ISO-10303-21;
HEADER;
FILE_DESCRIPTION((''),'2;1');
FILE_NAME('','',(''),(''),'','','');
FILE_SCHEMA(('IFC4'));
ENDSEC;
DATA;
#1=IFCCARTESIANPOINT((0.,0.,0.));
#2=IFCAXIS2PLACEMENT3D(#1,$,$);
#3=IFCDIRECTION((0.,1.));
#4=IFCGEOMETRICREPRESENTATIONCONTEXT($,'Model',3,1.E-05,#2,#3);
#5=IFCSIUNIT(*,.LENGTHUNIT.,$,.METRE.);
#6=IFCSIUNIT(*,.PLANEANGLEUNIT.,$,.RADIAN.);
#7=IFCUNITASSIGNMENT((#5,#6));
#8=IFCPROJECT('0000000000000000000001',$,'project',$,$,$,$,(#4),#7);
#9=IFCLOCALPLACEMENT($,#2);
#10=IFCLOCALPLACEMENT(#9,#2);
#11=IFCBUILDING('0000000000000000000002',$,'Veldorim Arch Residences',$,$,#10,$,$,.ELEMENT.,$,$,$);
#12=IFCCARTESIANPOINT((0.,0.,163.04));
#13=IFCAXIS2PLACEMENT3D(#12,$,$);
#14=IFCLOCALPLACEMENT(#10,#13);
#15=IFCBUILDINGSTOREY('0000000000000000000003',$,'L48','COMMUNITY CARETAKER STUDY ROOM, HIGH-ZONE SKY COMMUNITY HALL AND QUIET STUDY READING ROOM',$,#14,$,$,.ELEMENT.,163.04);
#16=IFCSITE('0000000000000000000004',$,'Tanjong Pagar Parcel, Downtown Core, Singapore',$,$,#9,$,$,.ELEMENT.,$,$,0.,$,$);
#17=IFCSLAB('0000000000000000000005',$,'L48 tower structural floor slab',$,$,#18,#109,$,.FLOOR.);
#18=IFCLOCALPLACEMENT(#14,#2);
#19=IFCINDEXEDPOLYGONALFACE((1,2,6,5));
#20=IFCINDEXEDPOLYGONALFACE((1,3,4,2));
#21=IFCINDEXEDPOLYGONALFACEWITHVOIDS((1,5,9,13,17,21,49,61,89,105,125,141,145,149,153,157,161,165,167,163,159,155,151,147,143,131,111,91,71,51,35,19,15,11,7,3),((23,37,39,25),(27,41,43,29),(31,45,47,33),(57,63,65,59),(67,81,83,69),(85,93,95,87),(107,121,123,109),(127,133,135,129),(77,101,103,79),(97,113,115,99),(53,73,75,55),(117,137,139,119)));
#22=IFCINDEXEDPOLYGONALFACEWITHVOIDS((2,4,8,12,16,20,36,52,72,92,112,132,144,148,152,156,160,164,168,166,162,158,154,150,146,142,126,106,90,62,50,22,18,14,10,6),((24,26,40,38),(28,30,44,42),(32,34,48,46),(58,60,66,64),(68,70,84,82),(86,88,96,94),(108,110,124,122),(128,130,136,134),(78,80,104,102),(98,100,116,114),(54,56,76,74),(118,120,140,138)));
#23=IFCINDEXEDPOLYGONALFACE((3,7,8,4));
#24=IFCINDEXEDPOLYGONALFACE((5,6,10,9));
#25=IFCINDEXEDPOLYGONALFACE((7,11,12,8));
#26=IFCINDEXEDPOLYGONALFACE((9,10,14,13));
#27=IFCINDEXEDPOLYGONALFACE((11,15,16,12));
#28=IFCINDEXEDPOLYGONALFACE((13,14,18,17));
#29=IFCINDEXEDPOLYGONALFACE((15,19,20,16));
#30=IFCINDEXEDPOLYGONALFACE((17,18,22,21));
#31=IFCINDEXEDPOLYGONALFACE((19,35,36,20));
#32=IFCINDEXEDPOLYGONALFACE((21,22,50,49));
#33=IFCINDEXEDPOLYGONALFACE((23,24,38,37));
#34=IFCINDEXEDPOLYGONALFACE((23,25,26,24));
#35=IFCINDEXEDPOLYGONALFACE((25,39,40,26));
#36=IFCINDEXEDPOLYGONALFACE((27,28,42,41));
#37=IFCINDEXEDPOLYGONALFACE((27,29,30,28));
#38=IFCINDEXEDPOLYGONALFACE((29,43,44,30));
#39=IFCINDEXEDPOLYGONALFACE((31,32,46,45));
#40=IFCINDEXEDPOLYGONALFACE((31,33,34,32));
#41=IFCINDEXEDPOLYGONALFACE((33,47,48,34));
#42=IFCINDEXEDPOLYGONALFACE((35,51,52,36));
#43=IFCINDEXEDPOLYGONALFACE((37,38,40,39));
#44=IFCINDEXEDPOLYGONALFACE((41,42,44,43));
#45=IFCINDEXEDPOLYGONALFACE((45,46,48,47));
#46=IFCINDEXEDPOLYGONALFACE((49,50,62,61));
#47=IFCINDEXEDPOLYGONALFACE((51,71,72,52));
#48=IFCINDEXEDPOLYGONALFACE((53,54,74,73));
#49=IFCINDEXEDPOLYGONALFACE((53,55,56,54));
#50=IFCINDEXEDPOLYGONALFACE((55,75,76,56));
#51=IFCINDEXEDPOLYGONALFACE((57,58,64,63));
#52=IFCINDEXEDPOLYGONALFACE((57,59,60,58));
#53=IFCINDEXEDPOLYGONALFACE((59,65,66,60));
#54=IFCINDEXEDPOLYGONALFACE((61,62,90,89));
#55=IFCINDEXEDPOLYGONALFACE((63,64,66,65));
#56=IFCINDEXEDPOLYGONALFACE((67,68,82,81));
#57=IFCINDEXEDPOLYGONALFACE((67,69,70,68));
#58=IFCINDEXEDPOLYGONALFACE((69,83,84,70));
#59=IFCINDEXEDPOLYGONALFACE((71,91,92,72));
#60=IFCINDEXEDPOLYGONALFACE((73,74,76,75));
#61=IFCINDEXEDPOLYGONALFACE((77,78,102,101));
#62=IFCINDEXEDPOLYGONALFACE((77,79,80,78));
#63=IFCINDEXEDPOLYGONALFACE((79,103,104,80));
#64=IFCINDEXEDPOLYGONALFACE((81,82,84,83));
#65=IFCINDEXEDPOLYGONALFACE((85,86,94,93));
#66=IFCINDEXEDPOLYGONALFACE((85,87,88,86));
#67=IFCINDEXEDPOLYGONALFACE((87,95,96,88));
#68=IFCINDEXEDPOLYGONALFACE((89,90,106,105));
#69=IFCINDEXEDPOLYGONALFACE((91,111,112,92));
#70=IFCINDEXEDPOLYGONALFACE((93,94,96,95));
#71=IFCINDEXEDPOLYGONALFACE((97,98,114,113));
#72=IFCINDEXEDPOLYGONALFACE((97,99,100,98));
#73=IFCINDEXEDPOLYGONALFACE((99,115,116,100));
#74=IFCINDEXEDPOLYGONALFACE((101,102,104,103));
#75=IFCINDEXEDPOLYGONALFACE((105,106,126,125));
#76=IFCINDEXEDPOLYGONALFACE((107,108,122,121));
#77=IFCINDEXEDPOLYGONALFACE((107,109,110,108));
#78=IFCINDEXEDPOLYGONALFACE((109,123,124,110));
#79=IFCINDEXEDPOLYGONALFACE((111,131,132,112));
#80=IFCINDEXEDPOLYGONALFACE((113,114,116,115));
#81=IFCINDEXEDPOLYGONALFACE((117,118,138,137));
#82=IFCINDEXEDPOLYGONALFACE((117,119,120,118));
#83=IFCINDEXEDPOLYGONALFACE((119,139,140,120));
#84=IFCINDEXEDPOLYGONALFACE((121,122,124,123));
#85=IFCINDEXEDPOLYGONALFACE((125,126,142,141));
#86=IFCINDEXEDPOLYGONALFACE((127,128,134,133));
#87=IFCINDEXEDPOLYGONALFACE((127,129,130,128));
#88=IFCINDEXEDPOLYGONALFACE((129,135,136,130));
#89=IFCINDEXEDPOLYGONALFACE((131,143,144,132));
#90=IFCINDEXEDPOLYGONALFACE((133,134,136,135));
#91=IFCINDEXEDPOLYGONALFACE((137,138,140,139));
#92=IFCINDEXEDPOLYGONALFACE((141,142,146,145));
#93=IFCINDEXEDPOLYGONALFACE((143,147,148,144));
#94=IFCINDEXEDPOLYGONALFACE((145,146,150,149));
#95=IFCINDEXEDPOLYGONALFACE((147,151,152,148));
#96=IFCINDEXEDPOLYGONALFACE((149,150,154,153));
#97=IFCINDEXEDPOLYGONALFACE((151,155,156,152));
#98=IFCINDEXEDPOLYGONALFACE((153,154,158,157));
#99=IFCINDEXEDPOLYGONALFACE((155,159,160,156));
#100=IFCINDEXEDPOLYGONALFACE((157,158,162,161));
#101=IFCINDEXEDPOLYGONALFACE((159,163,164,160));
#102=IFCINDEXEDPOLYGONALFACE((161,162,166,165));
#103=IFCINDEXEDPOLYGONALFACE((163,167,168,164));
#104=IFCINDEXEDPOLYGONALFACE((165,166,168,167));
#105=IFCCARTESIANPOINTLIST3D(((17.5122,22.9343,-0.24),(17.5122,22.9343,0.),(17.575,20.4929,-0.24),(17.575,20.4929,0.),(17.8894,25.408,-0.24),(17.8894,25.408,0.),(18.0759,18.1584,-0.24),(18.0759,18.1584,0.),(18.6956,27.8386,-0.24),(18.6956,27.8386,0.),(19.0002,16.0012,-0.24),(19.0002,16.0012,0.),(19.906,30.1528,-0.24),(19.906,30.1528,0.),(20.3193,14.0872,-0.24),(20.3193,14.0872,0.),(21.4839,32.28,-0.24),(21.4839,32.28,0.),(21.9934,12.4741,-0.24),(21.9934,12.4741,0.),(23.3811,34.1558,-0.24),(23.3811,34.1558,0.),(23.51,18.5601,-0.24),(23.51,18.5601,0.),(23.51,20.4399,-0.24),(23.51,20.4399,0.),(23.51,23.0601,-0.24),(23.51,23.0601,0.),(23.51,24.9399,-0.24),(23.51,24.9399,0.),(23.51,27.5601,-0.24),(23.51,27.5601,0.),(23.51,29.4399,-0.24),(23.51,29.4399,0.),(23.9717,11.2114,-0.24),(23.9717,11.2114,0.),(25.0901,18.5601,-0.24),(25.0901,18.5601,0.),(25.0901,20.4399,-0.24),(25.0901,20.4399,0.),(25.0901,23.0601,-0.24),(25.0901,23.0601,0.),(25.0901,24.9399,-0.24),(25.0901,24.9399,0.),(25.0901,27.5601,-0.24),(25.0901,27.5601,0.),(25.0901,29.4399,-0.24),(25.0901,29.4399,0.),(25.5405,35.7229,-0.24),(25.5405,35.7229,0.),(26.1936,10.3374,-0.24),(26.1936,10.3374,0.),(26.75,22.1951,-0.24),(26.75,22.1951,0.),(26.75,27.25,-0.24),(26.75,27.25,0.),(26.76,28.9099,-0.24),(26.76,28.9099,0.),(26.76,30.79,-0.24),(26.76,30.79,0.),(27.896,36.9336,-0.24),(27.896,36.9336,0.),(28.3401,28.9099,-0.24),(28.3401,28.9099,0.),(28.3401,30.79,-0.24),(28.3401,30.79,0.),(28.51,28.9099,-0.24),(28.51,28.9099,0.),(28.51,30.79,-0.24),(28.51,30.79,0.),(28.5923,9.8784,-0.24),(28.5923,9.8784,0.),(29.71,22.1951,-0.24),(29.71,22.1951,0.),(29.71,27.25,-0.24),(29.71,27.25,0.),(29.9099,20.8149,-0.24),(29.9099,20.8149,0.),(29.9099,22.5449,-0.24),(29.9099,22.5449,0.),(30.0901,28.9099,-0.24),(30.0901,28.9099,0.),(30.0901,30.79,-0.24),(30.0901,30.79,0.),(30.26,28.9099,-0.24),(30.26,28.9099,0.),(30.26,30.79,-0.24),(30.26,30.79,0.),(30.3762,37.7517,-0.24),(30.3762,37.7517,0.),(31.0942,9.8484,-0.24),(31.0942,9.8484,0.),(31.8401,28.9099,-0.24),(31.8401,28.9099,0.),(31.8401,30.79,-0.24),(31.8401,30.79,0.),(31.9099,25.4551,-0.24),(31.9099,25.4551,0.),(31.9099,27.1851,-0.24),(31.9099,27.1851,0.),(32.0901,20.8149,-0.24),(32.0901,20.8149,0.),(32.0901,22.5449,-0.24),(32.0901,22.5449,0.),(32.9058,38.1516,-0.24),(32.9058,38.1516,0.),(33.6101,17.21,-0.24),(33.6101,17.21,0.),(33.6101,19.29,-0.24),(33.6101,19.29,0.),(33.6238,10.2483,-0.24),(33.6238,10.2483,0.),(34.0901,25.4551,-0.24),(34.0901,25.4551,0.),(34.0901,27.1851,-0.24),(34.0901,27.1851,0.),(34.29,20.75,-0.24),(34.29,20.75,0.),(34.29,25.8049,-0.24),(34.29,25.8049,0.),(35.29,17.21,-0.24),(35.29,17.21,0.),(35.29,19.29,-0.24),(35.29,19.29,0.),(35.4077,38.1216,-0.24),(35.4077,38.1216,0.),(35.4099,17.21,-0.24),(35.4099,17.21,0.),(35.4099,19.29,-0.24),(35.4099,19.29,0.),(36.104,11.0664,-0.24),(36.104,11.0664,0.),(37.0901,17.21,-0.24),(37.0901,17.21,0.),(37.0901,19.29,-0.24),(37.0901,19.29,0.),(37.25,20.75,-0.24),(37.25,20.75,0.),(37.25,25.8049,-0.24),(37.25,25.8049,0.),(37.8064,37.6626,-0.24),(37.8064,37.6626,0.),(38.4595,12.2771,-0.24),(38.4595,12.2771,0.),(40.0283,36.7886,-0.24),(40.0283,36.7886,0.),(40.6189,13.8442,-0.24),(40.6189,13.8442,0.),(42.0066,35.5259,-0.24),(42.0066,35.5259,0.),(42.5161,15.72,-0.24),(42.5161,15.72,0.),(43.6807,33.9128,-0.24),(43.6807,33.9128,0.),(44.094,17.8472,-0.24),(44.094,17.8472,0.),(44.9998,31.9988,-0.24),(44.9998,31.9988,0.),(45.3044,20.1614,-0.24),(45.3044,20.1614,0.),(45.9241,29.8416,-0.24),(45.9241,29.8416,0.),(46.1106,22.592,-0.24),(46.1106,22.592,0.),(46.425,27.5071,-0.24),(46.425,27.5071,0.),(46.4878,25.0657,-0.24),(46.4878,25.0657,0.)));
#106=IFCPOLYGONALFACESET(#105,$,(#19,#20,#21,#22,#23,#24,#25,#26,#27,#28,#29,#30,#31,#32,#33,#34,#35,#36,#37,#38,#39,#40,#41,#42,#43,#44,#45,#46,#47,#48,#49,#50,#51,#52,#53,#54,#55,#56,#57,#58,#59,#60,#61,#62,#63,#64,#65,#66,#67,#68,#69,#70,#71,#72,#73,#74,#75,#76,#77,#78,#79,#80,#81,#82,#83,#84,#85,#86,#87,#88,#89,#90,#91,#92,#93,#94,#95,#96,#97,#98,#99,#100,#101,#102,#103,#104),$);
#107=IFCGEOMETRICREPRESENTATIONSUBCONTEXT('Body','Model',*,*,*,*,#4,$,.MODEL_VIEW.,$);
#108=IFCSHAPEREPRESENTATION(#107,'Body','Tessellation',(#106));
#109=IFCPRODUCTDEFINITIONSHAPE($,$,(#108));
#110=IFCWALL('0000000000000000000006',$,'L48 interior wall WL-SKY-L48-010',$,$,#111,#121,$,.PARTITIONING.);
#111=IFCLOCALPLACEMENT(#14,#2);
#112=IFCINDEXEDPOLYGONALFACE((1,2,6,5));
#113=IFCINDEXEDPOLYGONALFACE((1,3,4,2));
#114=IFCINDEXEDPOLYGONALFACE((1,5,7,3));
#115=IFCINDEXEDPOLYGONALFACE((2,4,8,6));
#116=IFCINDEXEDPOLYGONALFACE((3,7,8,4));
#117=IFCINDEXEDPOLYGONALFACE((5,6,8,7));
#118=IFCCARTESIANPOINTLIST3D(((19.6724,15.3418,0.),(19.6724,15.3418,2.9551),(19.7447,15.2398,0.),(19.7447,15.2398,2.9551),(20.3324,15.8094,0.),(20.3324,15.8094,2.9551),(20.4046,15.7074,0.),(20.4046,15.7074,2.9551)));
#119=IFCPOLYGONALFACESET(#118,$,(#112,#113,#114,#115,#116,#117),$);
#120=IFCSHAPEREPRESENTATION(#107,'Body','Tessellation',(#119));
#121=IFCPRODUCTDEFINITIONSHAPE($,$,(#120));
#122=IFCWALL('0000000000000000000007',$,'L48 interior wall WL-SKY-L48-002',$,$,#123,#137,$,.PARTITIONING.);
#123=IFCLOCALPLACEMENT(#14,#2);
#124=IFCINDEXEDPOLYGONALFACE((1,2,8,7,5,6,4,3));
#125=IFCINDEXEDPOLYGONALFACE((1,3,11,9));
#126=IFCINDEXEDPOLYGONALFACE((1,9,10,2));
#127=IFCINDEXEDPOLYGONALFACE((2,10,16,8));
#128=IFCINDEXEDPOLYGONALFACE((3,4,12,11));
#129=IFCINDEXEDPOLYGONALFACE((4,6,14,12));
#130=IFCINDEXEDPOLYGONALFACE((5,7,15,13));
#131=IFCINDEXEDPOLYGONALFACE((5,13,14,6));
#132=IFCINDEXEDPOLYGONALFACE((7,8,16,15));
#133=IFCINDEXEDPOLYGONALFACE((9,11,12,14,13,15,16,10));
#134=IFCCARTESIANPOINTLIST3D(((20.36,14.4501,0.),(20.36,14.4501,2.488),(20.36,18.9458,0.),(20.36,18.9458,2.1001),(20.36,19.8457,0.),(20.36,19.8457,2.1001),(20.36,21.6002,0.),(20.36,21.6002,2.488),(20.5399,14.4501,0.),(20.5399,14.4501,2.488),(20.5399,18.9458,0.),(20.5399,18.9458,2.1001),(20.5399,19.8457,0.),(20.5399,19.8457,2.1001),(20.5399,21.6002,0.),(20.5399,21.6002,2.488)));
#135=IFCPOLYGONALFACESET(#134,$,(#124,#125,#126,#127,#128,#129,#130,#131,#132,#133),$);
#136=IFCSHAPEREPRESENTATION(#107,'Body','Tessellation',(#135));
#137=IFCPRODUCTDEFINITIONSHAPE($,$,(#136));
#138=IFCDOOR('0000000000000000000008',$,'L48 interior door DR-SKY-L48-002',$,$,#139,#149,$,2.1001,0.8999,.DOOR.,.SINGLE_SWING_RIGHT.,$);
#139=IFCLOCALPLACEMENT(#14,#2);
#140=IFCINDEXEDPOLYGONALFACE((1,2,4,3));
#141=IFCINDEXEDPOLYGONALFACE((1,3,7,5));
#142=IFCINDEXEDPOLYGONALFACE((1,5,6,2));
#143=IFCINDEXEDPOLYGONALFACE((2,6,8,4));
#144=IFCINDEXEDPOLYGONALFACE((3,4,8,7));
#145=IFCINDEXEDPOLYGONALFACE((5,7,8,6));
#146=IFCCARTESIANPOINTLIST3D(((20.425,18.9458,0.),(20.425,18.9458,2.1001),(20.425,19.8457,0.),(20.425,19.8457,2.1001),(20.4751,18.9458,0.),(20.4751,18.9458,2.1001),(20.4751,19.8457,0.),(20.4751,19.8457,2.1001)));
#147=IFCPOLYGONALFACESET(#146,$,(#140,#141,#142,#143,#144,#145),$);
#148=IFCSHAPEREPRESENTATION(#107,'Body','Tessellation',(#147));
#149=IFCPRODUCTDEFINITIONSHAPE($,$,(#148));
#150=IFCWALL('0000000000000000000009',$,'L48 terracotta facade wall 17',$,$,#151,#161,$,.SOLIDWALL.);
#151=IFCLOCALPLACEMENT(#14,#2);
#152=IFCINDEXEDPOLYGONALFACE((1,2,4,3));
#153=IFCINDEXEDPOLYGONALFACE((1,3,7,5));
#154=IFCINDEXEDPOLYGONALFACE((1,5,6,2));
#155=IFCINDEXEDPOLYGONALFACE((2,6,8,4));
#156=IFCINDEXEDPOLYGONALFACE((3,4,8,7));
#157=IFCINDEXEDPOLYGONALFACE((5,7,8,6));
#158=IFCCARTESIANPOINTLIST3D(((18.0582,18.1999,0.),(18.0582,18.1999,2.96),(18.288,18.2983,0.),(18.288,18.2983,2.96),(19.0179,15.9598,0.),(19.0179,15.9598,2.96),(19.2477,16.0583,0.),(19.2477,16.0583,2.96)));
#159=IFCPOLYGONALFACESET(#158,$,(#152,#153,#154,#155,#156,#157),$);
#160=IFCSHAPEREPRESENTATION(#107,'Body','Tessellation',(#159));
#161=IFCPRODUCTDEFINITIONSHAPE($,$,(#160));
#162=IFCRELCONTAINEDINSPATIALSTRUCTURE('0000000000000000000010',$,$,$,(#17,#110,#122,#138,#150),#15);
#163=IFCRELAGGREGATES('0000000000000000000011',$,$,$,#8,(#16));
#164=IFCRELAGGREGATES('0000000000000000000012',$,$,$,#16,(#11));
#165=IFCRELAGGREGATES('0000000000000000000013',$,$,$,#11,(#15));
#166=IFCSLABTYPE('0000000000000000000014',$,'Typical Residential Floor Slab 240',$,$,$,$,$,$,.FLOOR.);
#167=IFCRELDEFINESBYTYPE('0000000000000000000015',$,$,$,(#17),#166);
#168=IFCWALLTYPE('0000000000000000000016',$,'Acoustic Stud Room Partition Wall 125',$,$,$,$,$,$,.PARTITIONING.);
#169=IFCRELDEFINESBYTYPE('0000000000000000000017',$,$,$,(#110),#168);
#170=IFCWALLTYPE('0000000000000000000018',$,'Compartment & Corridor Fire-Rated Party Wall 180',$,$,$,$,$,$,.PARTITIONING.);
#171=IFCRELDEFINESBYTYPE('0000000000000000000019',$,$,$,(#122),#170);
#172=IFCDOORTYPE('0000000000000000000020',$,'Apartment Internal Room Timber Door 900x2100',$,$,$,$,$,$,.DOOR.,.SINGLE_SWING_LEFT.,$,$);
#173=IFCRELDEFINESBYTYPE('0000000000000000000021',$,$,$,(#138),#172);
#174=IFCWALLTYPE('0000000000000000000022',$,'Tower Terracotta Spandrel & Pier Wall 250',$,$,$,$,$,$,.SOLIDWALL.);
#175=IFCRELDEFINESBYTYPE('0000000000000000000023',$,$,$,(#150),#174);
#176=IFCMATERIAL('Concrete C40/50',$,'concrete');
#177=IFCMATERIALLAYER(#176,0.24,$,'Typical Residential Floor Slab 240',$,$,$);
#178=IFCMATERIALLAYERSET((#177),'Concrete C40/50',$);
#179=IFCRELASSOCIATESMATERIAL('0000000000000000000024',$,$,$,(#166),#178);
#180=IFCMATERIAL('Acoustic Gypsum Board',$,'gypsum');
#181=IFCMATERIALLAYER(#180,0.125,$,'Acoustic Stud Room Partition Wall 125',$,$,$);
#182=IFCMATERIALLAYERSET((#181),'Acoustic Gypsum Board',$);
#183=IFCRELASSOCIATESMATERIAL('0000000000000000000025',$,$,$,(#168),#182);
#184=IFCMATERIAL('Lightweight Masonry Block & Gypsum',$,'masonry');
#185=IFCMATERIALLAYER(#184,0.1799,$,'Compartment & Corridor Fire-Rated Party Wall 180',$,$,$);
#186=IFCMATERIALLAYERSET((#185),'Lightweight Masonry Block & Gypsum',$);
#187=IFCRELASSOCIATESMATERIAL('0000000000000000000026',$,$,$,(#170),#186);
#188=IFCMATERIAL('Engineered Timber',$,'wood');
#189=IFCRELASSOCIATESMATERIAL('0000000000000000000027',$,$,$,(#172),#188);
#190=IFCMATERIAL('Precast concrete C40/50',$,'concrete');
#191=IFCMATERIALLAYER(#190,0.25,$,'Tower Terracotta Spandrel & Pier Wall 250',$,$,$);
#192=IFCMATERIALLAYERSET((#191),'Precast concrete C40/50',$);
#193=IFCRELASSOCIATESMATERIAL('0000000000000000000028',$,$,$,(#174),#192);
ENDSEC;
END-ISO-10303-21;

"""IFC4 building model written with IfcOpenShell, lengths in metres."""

from ifc_helpers import new_model, si_unit, direction, frame, frame_2d, origin, place, context, subcontext, project, spatial, polyline, rectangle, outline, extrude, material, layer, layer_set, type_object, element, fill, save


model = new_model("IFC4")

# Units and contexts
model_context = context("Model", 3, precision=1e-05, world=origin(), true_north=direction((0.0, 1.0)))
body_context = subcontext(model_context, "Body", "Model", "MODEL_VIEW")
ifc_project = project(units=[si_unit("LENGTHUNIT", "METRE"), si_unit("PLANEANGLEUNIT", "RADIAN")], contexts=[model_context])

# Site, building, storey
site_placement = place(None, origin())
site = spatial("IfcSite", under=ifc_project, at=site_placement, Name="Tanjong Pagar Parcel, Downtown Core, Singapore", CompositionType="ELEMENT", RefElevation=0.0)
building_placement = place(site_placement, origin())
building = spatial("IfcBuilding", under=site, at=building_placement, Name="Veldorim Arch Residences", CompositionType="ELEMENT")
storey_placement = place(building_placement, frame((0.0, 0.0, 163.04)))
storey = spatial("IfcBuildingStorey", under=building, at=storey_placement, Name="L48", Description="COMMUNITY CARETAKER STUDY ROOM, HIGH-ZONE SKY COMMUNITY HALL AND QUIET STUDY READING ROOM", CompositionType="ELEMENT", Elevation=163.04)

# Slab
ifc_material_1 = material(Name="Concrete C40/50", Category="concrete")
ifc_layer_1 = layer(ifc_material_1, 0.24, Name="Typical Residential Floor Slab 240")
ifc_layer_set_1 = layer_set([ifc_layer_1], Name="Concrete C40/50")
slab_type_1 = type_object("IfcSlabType", Name="Typical Residential Floor Slab 240", PredefinedType="FLOOR", material=ifc_layer_set_1)
slab_1_placement = place(storey_placement, frame((0.0, 0.0, -0.24)))
element("IfcSlab", 1, at=slab_1_placement, inside=storey, type_object=slab_type_1, Name="L48 tower structural floor slab", PredefinedType="FLOOR", context=body_context, shape_type="SweptSolid", body=[
    extrude(outline(polyline([(43.6807, 33.9128), (42.0066, 35.5259), (40.0283, 36.7886), (37.8064, 37.6626), (35.4077, 38.1216), (32.9058, 38.1516), (30.3762, 37.7517), (27.896, 36.9336), (25.5405, 35.7229), (23.3811, 34.1558), (21.4839, 32.28), (19.906, 30.1528), (18.6956, 27.8386), (17.8894, 25.408), (17.5122, 22.9343), (17.575, 20.4929), (18.0759, 18.1584), (19.0002, 16.0012), (20.3193, 14.0872), (21.9934, 12.4741), (23.9717, 11.2114), (26.1936, 10.3374), (28.5923, 9.8784), (31.0942, 9.8484), (33.6238, 10.2483), (36.104, 11.0664), (38.4595, 12.2771), (40.6189, 13.8442), (42.5161, 15.72), (44.094, 17.8472), (45.3044, 20.1614), (46.1106, 22.592), (46.4878, 25.0657), (46.425, 27.5071), (45.9241, 29.8416), (44.9998, 31.9988), (43.6807, 33.9128)]), holes=[polyline([(23.51, 18.5601), (23.51, 20.4399), (25.0901, 20.4399), (25.0901, 18.5601), (23.51, 18.5601)]), polyline([(23.51, 24.9399), (25.0901, 24.9399), (25.0901, 23.0601), (23.51, 23.0601), (23.51, 24.9399)]), polyline([(26.75, 27.25), (29.71, 27.25), (29.71, 22.1951), (26.75, 22.1951), (26.75, 27.25)]), polyline([(23.51, 27.5601), (23.51, 29.4399), (25.0901, 29.4399), (25.0901, 27.5601), (23.51, 27.5601)]), polyline([(26.76, 30.79), (28.3401, 30.79), (28.3401, 28.9099), (26.76, 28.9099), (26.76, 30.79)]), polyline([(28.51, 30.79), (30.0901, 30.79), (30.0901, 28.9099), (28.51, 28.9099), (28.51, 30.79)]), polyline([(33.6101, 17.21), (33.6101, 19.29), (35.29, 19.29), (35.29, 17.21), (33.6101, 17.21)]), polyline([(35.4099, 19.29), (37.0901, 19.29), (37.0901, 17.21), (35.4099, 17.21), (35.4099, 19.29)]), polyline([(29.9099, 22.5449), (32.0901, 22.5449), (32.0901, 20.8149), (29.9099, 20.8149), (29.9099, 22.5449)]), polyline([(34.29, 20.75), (34.29, 25.8049), (37.25, 25.8049), (37.25, 20.75), (34.29, 20.75)]), polyline([(31.9099, 27.1851), (34.0901, 27.1851), (34.0901, 25.4551), (31.9099, 25.4551), (31.9099, 27.1851)]), polyline([(30.26, 30.79), (31.8401, 30.79), (31.8401, 28.9099), (30.26, 28.9099), (30.26, 30.79)])]), origin(), (0.0, 0.0, 1.0), 0.24),
])

# Wall
ifc_material_2 = material(Name="Acoustic Gypsum Board", Category="gypsum")
ifc_layer_2 = layer(ifc_material_2, 0.125, Name="Acoustic Stud Room Partition Wall 125")
ifc_layer_set_2 = layer_set([ifc_layer_2], Name="Acoustic Gypsum Board")
wall_type_1 = type_object("IfcWallType", Name="Acoustic Stud Room Partition Wall 125", PredefinedType="PARTITIONING", material=ifc_layer_set_2)
wall_1_placement = place(storey_placement, frame((20.3684, 15.7583, 0.0), z_axis=(0.0, 0.0, 1.0), x_axis=(-0.815971, -0.578093, 0.0)))
element("IfcWall", 2, at=wall_1_placement, inside=storey, type_object=wall_type_1, Name="L48 interior wall WL-SKY-L48-010", PredefinedType="PARTITIONING", context=body_context, shape_type="SweptSolid", body=[
    extrude(rectangle(XDim=0.8088, YDim=0.125, at=frame_2d((0.4043, 0.0))), origin(), (0.0, 0.0, 1.0), 2.9551),
])

# Wall, opening, door
ifc_material_3 = material(Name="Lightweight Masonry Block & Gypsum", Category="masonry")
ifc_layer_3 = layer(ifc_material_3, 0.1799, Name="Compartment & Corridor Fire-Rated Party Wall 180")
ifc_layer_set_3 = layer_set([ifc_layer_3], Name="Lightweight Masonry Block & Gypsum")
wall_type_2 = type_object("IfcWallType", Name="Compartment & Corridor Fire-Rated Party Wall 180", PredefinedType="PARTITIONING", material=ifc_layer_set_3)
wall_2_placement = place(storey_placement, frame((20.45, 14.45, 0.0), z_axis=(0.0, 0.0, 1.0), x_axis=(0.0, 1.0, 0.0)))
wall_2 = element("IfcWall", 3, at=wall_2_placement, inside=storey, type_object=wall_type_2, Name="L48 interior wall WL-SKY-L48-002", PredefinedType="PARTITIONING", context=body_context, shape_type="SweptSolid", body=[
    extrude(rectangle(XDim=7.1501, YDim=0.1799, at=frame_2d((3.5752, 0.0))), origin(), (0.0, 0.0, 1.0), 2.488),
])
opening_placement = place(wall_2_placement, frame((4.4958, 0.0, 0.0)))
opening = element("IfcOpeningElement", 4, at=opening_placement, cuts=wall_2, PredefinedType="OPENING", context=body_context, shape_type="SweptSolid", body=[
    extrude(rectangle(XDim=0.8999, YDim=2.1001, at=frame_2d((0.45, 1.05))), frame((0.0, 0.0999, 0.0), z_axis=(0.0, -1.0, 0.0), x_axis=(1.0, 0.0, 0.0)), (0.0, 0.0, 1.0), 0.2),
])
ifc_material_4 = material(Name="Engineered Timber", Category="wood")
door_type = type_object("IfcDoorType", Name="Apartment Internal Room Timber Door 900x2100", OperationType="SINGLE_SWING_LEFT", PredefinedType="DOOR", material=ifc_material_4)
door_placement = place(opening_placement, origin())
door = element("IfcDoor", 5, at=door_placement, inside=storey, type_object=door_type, Name="L48 interior door DR-SKY-L48-002", OperationType="SINGLE_SWING_RIGHT", OverallHeight=2.1001, OverallWidth=0.8999, PredefinedType="DOOR", context=body_context, shape_type="SweptSolid", body=[
    extrude(rectangle(XDim=0.8999, YDim=2.1001, at=frame_2d((0.45, 1.05))), frame((0.0, 0.0249, 0.0), z_axis=(0.0, -1.0, 0.0), x_axis=(1.0, 0.0, 0.0)), (0.0, 0.0, 1.0), 0.05),
])
fill(opening, door)

# Wall
ifc_material_5 = material(Name="Precast concrete C40/50", Category="concrete")
ifc_layer_4 = layer(ifc_material_5, 0.25, Name="Tower Terracotta Spandrel & Pier Wall 250")
ifc_layer_set_4 = layer_set([ifc_layer_4], Name="Precast concrete C40/50")
wall_type_3 = type_object("IfcWallType", Name="Tower Terracotta Spandrel & Pier Wall 250", PredefinedType="SOLIDWALL", material=ifc_layer_set_4)
wall_3_placement = place(storey_placement, frame((19.1328, 16.009, 0.0), z_axis=(0.0, 0.0, 1.0), x_axis=(-0.393823, 0.919186, 0.0)))
element("IfcWall", 6, at=wall_3_placement, inside=storey, type_object=wall_type_3, Name="L48 terracotta facade wall 17", PredefinedType="SOLIDWALL", context=body_context, shape_type="SweptSolid", body=[
    extrude(rectangle(XDim=2.437, YDim=0.25, at=frame_2d((1.2185, 0.0))), origin(), (0.0, 0.0, 1.0), 2.96),
])

save(model, "model.ifc")
